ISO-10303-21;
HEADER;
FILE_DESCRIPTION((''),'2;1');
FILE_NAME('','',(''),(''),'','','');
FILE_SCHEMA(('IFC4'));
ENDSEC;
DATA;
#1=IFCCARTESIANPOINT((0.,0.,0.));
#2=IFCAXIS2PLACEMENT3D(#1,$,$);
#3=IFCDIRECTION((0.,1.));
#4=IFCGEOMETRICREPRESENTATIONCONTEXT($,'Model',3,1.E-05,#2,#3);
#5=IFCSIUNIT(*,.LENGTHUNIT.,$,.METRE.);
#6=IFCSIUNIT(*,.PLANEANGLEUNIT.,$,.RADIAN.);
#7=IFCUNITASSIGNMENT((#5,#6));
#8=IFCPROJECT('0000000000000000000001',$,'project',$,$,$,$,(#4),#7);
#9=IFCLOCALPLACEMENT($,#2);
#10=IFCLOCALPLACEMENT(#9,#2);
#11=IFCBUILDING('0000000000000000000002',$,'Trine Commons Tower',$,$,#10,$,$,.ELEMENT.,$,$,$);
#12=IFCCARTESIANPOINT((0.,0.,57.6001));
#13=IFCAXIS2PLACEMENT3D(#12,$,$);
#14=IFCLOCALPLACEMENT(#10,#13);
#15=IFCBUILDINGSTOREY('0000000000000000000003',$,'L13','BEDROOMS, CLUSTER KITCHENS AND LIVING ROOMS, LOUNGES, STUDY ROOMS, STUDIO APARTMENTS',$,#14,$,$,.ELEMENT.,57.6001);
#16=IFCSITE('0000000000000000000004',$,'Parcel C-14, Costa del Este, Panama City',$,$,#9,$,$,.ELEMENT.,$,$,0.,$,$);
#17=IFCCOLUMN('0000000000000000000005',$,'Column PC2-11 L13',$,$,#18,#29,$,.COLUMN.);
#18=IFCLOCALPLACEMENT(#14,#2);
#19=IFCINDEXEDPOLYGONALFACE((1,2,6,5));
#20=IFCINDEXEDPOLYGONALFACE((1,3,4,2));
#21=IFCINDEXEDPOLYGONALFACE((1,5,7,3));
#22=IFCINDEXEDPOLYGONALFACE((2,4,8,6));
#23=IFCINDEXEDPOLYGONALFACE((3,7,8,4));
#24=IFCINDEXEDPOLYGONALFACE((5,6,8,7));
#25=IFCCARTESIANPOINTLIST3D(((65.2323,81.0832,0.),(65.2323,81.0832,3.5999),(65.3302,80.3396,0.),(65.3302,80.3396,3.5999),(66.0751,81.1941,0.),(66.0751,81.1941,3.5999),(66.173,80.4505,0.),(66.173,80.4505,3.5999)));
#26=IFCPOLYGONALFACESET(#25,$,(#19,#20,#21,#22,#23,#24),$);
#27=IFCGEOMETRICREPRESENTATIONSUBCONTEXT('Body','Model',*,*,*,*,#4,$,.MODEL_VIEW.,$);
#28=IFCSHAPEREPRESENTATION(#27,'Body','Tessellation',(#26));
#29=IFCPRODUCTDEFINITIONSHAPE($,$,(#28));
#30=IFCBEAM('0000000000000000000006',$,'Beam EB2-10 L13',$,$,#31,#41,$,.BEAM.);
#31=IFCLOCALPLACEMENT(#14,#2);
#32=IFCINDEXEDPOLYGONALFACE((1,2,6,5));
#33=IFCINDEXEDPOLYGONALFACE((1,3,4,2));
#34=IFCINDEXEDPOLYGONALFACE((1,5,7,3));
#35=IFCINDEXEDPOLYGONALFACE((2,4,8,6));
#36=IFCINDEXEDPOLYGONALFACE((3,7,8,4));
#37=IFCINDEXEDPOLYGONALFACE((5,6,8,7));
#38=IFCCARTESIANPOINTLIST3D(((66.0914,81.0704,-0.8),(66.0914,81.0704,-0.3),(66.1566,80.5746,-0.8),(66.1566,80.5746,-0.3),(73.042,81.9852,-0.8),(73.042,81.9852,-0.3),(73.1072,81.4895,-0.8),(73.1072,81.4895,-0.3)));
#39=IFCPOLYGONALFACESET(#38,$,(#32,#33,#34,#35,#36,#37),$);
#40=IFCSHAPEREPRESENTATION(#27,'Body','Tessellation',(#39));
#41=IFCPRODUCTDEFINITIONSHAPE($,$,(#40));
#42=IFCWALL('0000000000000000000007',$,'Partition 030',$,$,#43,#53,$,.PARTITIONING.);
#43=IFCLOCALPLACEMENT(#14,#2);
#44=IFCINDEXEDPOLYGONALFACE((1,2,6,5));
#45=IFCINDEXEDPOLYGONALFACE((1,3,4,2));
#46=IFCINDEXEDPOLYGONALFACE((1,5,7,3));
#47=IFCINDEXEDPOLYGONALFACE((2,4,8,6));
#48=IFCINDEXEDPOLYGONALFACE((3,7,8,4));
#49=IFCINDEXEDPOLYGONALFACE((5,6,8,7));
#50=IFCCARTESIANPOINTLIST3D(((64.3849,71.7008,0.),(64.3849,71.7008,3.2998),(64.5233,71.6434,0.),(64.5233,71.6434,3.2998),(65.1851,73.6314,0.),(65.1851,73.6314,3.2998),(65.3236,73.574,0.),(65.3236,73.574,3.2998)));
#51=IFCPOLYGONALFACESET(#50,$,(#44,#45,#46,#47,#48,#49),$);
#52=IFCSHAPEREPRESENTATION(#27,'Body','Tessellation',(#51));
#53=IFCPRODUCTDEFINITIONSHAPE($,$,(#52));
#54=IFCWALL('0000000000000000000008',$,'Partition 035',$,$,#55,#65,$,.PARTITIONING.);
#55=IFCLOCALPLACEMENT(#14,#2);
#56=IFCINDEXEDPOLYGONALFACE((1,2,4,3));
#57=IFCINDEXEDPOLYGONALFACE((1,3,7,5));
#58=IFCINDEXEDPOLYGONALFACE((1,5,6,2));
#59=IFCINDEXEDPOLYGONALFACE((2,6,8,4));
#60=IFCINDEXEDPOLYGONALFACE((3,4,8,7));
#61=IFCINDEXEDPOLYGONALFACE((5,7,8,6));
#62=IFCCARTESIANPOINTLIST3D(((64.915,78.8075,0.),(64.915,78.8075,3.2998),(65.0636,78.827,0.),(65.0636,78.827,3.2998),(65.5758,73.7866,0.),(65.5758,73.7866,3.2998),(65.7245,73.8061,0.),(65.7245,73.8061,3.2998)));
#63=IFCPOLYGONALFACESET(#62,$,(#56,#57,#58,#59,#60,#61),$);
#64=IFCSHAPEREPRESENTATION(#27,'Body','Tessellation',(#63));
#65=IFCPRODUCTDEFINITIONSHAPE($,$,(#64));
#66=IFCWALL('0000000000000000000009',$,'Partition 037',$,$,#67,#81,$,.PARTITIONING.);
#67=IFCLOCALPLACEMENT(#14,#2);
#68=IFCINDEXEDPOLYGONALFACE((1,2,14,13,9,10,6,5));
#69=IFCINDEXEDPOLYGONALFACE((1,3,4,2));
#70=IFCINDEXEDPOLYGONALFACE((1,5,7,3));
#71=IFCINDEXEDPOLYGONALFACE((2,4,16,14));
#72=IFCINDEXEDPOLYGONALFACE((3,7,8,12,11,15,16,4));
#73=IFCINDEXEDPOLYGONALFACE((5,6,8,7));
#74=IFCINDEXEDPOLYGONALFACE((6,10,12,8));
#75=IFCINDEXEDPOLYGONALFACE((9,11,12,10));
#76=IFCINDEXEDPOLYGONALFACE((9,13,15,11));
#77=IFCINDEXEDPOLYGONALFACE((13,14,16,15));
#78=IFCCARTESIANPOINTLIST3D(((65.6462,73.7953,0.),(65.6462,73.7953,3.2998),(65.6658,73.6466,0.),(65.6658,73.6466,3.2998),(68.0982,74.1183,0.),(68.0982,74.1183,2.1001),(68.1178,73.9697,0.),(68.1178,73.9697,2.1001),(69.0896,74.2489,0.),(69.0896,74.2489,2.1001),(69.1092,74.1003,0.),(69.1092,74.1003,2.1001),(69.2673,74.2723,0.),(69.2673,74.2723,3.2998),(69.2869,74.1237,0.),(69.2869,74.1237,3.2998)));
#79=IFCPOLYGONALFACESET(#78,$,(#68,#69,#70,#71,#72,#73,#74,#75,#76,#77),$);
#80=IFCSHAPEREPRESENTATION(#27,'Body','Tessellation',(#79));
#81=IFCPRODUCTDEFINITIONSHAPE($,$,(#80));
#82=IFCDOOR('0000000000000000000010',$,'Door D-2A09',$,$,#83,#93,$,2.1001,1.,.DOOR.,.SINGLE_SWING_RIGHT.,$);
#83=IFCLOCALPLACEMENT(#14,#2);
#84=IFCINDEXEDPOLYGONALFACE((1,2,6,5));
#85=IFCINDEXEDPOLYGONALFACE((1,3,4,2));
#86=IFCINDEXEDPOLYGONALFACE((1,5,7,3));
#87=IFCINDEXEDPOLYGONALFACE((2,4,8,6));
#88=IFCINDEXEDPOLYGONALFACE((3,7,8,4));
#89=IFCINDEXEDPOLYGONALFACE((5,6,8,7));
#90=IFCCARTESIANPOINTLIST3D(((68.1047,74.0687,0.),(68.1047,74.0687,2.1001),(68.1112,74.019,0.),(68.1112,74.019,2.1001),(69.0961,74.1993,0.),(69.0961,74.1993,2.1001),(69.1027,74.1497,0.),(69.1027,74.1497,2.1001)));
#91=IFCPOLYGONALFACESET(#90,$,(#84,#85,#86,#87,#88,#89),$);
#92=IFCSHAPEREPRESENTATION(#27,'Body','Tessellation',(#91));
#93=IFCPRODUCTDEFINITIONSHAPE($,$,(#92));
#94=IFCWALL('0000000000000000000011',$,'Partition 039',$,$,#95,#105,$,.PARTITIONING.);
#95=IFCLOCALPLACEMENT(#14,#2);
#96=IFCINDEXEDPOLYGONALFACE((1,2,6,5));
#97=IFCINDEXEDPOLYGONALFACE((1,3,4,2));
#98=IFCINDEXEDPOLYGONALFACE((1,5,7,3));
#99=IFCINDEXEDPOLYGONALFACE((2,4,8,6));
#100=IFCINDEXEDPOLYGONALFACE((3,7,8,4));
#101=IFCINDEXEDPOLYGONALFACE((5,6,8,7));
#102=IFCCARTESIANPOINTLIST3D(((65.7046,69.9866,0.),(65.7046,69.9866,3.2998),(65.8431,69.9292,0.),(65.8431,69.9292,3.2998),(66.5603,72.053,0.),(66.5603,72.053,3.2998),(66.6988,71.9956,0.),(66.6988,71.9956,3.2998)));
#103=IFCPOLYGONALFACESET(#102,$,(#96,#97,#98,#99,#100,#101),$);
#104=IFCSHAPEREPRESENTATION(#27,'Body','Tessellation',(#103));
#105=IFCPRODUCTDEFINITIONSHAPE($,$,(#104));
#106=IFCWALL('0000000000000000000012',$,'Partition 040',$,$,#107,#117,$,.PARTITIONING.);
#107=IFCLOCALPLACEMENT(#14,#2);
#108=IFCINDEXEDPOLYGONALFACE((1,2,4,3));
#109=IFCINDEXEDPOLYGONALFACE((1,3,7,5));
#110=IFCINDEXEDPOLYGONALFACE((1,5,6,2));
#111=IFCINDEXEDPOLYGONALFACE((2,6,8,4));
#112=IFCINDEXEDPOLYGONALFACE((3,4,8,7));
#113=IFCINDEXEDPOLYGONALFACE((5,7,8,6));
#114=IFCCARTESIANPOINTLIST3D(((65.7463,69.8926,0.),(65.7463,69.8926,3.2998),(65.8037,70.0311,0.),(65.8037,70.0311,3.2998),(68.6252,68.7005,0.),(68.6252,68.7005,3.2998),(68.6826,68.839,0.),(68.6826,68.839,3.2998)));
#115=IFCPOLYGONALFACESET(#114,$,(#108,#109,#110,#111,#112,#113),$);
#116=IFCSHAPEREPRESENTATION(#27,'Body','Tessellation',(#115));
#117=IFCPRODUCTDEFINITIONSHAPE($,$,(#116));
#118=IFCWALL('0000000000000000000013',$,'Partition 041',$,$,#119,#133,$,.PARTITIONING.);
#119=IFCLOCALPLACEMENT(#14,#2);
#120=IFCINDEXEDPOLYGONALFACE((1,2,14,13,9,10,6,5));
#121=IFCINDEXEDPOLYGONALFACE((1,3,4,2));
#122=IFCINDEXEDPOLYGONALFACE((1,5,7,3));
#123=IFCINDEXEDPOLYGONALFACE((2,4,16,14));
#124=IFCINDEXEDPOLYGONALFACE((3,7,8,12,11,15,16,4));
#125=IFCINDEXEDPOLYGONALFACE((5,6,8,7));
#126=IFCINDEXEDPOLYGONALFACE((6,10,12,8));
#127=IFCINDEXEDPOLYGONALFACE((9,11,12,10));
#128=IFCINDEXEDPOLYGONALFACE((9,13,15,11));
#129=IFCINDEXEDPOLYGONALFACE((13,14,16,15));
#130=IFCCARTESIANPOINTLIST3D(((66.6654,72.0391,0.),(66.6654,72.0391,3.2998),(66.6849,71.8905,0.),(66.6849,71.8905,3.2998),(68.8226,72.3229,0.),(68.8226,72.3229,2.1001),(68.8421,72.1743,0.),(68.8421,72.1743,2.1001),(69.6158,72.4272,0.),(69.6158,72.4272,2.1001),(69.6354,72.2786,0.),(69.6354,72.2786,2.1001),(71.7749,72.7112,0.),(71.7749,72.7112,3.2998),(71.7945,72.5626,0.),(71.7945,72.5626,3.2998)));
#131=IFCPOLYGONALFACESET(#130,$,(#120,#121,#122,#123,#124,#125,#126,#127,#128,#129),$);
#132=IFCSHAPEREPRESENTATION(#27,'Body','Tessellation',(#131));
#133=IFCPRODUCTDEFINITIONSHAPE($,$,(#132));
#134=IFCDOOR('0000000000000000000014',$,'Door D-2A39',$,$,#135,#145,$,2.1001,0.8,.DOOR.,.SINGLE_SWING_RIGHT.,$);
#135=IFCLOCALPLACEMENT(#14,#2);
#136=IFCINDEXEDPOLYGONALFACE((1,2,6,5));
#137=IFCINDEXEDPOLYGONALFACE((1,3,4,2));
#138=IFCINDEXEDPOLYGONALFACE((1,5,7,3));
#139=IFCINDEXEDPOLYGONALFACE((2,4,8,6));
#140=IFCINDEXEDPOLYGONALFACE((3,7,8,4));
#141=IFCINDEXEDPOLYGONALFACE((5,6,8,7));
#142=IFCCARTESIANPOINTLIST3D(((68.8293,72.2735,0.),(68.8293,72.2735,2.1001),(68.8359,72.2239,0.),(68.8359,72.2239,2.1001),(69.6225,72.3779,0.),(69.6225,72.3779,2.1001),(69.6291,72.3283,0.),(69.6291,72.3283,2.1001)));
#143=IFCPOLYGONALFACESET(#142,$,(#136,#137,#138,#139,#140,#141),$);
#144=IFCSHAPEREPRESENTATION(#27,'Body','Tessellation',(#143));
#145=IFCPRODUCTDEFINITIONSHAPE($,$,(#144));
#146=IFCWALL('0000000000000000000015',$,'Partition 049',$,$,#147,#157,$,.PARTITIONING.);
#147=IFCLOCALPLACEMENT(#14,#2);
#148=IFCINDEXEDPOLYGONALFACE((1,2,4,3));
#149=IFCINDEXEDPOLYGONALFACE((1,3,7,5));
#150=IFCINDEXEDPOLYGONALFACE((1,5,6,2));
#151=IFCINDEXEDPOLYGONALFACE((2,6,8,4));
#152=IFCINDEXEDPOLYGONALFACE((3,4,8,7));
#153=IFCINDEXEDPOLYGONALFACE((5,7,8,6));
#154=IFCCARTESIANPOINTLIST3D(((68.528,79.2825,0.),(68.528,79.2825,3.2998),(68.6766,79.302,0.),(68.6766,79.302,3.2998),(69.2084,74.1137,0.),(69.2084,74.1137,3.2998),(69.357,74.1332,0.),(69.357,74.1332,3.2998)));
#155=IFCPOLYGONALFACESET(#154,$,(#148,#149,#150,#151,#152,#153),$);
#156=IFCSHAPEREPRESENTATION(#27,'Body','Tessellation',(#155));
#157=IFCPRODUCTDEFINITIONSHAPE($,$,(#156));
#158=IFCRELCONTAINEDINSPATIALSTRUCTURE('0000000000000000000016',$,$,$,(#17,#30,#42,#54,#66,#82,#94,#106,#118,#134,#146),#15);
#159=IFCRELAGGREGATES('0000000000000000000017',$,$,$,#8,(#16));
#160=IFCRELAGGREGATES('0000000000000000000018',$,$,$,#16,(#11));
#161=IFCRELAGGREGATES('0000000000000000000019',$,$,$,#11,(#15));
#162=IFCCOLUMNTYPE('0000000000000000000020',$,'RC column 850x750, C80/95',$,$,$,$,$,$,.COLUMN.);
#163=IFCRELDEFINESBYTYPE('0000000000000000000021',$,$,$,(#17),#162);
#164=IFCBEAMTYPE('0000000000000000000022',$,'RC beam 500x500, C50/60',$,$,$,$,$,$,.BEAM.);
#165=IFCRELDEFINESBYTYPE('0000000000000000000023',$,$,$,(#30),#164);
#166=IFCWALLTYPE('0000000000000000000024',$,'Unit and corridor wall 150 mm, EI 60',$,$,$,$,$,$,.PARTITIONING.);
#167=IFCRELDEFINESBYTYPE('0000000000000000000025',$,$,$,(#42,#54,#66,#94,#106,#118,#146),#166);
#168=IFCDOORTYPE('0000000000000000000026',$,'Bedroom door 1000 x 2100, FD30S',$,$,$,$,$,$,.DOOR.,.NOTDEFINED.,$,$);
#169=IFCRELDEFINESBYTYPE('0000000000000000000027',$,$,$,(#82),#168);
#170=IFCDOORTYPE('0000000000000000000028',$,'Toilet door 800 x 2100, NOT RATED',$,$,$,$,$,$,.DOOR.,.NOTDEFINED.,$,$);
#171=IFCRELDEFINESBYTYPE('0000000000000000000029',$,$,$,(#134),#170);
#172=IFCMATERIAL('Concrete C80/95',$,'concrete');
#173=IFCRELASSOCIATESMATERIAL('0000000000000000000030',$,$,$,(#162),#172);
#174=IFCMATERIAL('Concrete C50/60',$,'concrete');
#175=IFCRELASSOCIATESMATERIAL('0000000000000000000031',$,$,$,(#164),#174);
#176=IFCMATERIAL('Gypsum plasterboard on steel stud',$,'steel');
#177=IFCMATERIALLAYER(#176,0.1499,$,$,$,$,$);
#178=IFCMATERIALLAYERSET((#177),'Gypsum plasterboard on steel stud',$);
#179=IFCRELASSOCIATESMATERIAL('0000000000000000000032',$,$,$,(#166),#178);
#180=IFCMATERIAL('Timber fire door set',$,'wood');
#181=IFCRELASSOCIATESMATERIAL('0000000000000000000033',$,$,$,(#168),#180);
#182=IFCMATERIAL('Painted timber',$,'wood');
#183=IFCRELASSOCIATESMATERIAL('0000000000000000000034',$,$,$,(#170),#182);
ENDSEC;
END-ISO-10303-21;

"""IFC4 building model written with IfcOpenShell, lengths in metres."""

from ifc_helpers import new_model, si_unit, direction, frame, frame_2d, origin, origin_2d, place, context, subcontext, project, spatial, rectangle, extrude, material, layer, layer_set, material_profile, profile_set, type_object, element, fill, save


model = new_model("IFC4")

# Units and contexts
model_context = context("Model", 3, precision=1e-05, world=origin(), true_north=direction((0.0, 1.0)))
body_context = subcontext(model_context, "Body", "Model", "MODEL_VIEW")
ifc_project = project(units=[si_unit("LENGTHUNIT", "METRE"), si_unit("PLANEANGLEUNIT", "RADIAN")], contexts=[model_context])

# Site, building, storey
site_placement = place(None, origin())
site = spatial("IfcSite", under=ifc_project, at=site_placement, Name="Parcel C-14, Costa del Este, Panama City", CompositionType="ELEMENT", RefElevation=0.0)
building_placement = place(site_placement, origin())
building = spatial("IfcBuilding", under=site, at=building_placement, Name="Trine Commons Tower", CompositionType="ELEMENT")
storey_placement = place(building_placement, frame((0.0, 0.0, 57.6001)))
storey = spatial("IfcBuildingStorey", under=building, at=storey_placement, Name="L13", Description="BEDROOMS, CLUSTER KITCHENS AND LIVING ROOMS, LOUNGES, STUDY ROOMS, STUDIO APARTMENTS", CompositionType="ELEMENT", Elevation=57.6001)

# Column
ifc_material_1 = material(Name="Concrete C80/95", Category="concrete")
ifc_material_profile_1 = material_profile(ifc_material_1, rectangle(XDim=0.8501, YDim=0.75, at=origin_2d()), Name="RC 850x750")
ifc_profile_set_1 = profile_set([ifc_material_profile_1], Name="Concrete C80/95")
column_type = type_object("IfcColumnType", Name="RC column 850x750, C80/95", PredefinedType="COLUMN", material=ifc_profile_set_1)
column_placement = place(storey_placement, frame((65.7026, 80.7668, 0.0), z_axis=(0.0, 0.0, 1.0), x_axis=(0.991445, 0.130526, 0.0)))
element("IfcColumn", 1, at=column_placement, inside=storey, type_object=column_type, Name="Column PC2-11 L13", PredefinedType="COLUMN", context=body_context, shape_type="SweptSolid", body=[
    extrude(rectangle(XDim=0.8501, YDim=0.75, at=origin_2d()), origin(), (0.0, 0.0, 1.0), 3.5999),
])

# Beam
ifc_material_2 = material(Name="Concrete C50/60", Category="concrete")
ifc_material_profile_2 = material_profile(ifc_material_2, rectangle(XDim=0.5, YDim=0.5, at=origin_2d()), Name="RC 500x500")
ifc_profile_set_2 = profile_set([ifc_material_profile_2], Name="Concrete C50/60")
beam_type = type_object("IfcBeamType", Name="RC beam 500x500, C50/60", PredefinedType="BEAM", material=ifc_profile_set_2)
beam_placement = place(storey_placement, frame((66.124, 80.8225, -0.55), z_axis=(0.991449, 0.130491, 0.0), x_axis=(-0.130491, 0.991449, 0.0)))
element("IfcBeam", 2, at=beam_placement, inside=storey, type_object=beam_type, Name="Beam EB2-10 L13", PredefinedType="BEAM", context=body_context, shape_type="SweptSolid", body=[
    extrude(rectangle(XDim=0.5, YDim=0.5, at=origin_2d()), origin(), (0.0, 0.0, 1.0), 7.0105),
])

# Walls
ifc_material_3 = material(Name="Gypsum plasterboard on steel stud", Category="steel")
ifc_layer_1 = layer(ifc_material_3, 0.1499)
ifc_layer_set_1 = layer_set([ifc_layer_1], Name="Gypsum plasterboard on steel stud")
wall_type_1 = type_object("IfcWallType", Name="Unit and corridor wall 150 mm, EI 60", PredefinedType="PARTITIONING", material=ifc_layer_set_1)
wall_1_placement = place(storey_placement, frame((64.4541, 71.6721, 0.0), z_axis=(0.0, 0.0, 1.0), x_axis=(0.382923, 0.92378, 0.0)))
element("IfcWall", 3, at=wall_1_placement, inside=storey, type_object=wall_type_1, Name="Partition 030", PredefinedType="PARTITIONING", context=body_context, shape_type="SweptSolid", body=[
    extrude(rectangle(XDim=2.0898, YDim=0.1499, at=frame_2d((1.0449, 0.0))), origin(), (0.0, 0.0, 1.0), 3.2998),
])
wall_2_placement = place(storey_placement, frame((64.9893, 78.8174, 0.0), z_axis=(0.0, 0.0, 1.0), x_axis=(0.130499, -0.991448, 0.0)))
element("IfcWall", 4, at=wall_2_placement, inside=storey, type_object=wall_type_1, Name="Partition 035", PredefinedType="PARTITIONING", context=body_context, shape_type="SweptSolid", body=[
    extrude(rectangle(XDim=5.0642, YDim=0.1499, at=frame_2d((2.5322, 0.0))), origin(), (0.0, 0.0, 1.0), 3.2998),
])

# Wall, opening, door
wall_3_placement = place(storey_placement, frame((65.656, 73.7209, 0.0), z_axis=(0.0, 0.0, 1.0), x_axis=(0.991433, 0.130614, 0.0)))
wall_3 = element("IfcWall", 5, at=wall_3_placement, inside=storey, type_object=wall_type_1, Name="Partition 037", PredefinedType="PARTITIONING", context=body_context, shape_type="SweptSolid", body=[
    extrude(rectangle(XDim=3.6523, YDim=0.1499, at=frame_2d((1.8262, 0.0))), origin(), (0.0, 0.0, 1.0), 3.2998),
])
opening_1_placement = place(wall_3_placement, frame((2.4731, 0.0, 0.0)))
opening_1 = element("IfcOpeningElement", 6, at=opening_1_placement, cuts=wall_3, PredefinedType="OPENING", context=body_context, shape_type="SweptSolid", body=[
    extrude(rectangle(XDim=1.0, YDim=2.1001, at=frame_2d((0.5, 1.05))), frame((0.0, 0.085, 0.0), z_axis=(0.0, -1.0, 0.0), x_axis=(1.0, 0.0, 0.0)), (0.0, 0.0, 1.0), 0.1699),
])
ifc_material_4 = material(Name="Timber fire door set", Category="wood")
door_type_1 = type_object("IfcDoorType", Name="Bedroom door 1000 x 2100, FD30S", OperationType="NOTDEFINED", PredefinedType="DOOR", material=ifc_material_4)
door_1_placement = place(opening_1_placement, origin())
door_1 = element("IfcDoor", 7, at=door_1_placement, inside=storey, type_object=door_type_1, Name="Door D-2A09", OperationType="SINGLE_SWING_RIGHT", OverallHeight=2.1001, OverallWidth=1.0, PredefinedType="DOOR", context=body_context, shape_type="SweptSolid", body=[
    extrude(rectangle(XDim=1.0, YDim=2.1001, at=frame_2d((0.5, 1.05))), frame((0.0, 0.0249, 0.0), z_axis=(0.0, -1.0, 0.0), x_axis=(1.0, 0.0, 0.0)), (0.0, 0.0, 1.0), 0.05),
])
fill(opening_1, door_1)

# Walls
wall_4_placement = place(storey_placement, frame((65.7739, 69.958, 0.0), z_axis=(0.0, 0.0, 1.0), x_axis=(0.382599, 0.923914, 0.0)))
element("IfcWall", 8, at=wall_4_placement, inside=storey, type_object=wall_type_1, Name="Partition 039", PredefinedType="PARTITIONING", context=body_context, shape_type="SweptSolid", body=[
    extrude(rectangle(XDim=2.2366, YDim=0.1499, at=frame_2d((1.1182, 0.0))), origin(), (0.0, 0.0, 1.0), 3.2998),
])
wall_5_placement = place(storey_placement, frame((65.7749, 69.9619, 0.0), z_axis=(0.0, 0.0, 1.0), x_axis=(0.923918, -0.382589, 0.0)))
element("IfcWall", 9, at=wall_5_placement, inside=storey, type_object=wall_type_1, Name="Partition 040", PredefinedType="PARTITIONING", context=body_context, shape_type="SweptSolid", body=[
    extrude(rectangle(XDim=3.116, YDim=0.1499, at=frame_2d((1.5581, 0.0))), origin(), (0.0, 0.0, 1.0), 3.2998),
])

# Wall, opening, door
wall_6_placement = place(storey_placement, frame((66.6753, 71.9648, 0.0), z_axis=(0.0, 0.0, 1.0), x_axis=(0.991459, 0.130417, 0.0)))
wall_6 = element("IfcWall", 10, at=wall_6_placement, inside=storey, type_object=wall_type_1, Name="Partition 041", PredefinedType="PARTITIONING", context=body_context, shape_type="SweptSolid", body=[
    extrude(rectangle(XDim=5.1536, YDim=0.1499, at=frame_2d((2.5767, 0.0))), origin(), (0.0, 0.0, 1.0), 3.2998),
])
opening_2_placement = place(wall_6_placement, frame((2.1758, 0.0, 0.0)))
opening_2 = element("IfcOpeningElement", 11, at=opening_2_placement, cuts=wall_6, PredefinedType="OPENING", context=body_context, shape_type="SweptSolid", body=[
    extrude(rectangle(XDim=0.8, YDim=2.1001, at=frame_2d((0.3999, 1.05))), frame((0.0, 0.085, 0.0), z_axis=(0.0, -1.0, 0.0), x_axis=(1.0, 0.0, 0.0)), (0.0, 0.0, 1.0), 0.1699),
])
ifc_material_5 = material(Name="Painted timber", Category="wood")
door_type_2 = type_object("IfcDoorType", Name="Toilet door 800 x 2100, NOT RATED", OperationType="NOTDEFINED", PredefinedType="DOOR", material=ifc_material_5)
door_2_placement = place(opening_2_placement, frame((0.8, 0.0, 0.0), z_axis=(0.0, 0.0, 1.0), x_axis=(-1.0, 0.0, 0.0)))
door_2 = element("IfcDoor", 12, at=door_2_placement, inside=storey, type_object=door_type_2, Name="Door D-2A39", OperationType="SINGLE_SWING_RIGHT", OverallHeight=2.1001, OverallWidth=0.8, PredefinedType="DOOR", context=body_context, shape_type="SweptSolid", body=[
    extrude(rectangle(XDim=0.8, YDim=2.1001, at=frame_2d((0.3999, 1.05))), frame((0.0, 0.0249, 0.0), z_axis=(0.0, -1.0, 0.0), x_axis=(1.0, 0.0, 0.0)), (0.0, 0.0, 1.0), 0.05),
])
fill(opening_2, door_2)

# Wall
wall_7_placement = place(storey_placement, frame((68.6023, 79.2922, 0.0), z_axis=(0.0, 0.0, 1.0), x_axis=(0.130516, -0.991446, 0.0)))
element("IfcWall", 13, at=wall_7_placement, inside=storey, type_object=wall_type_1, Name="Partition 049", PredefinedType="PARTITIONING", context=body_context, shape_type="SweptSolid", body=[
    extrude(rectangle(XDim=5.2134, YDim=0.1499, at=frame_2d((2.6067, 0.0))), origin(), (0.0, 0.0, 1.0), 3.2998),
])

save(model, "model.ifc")
